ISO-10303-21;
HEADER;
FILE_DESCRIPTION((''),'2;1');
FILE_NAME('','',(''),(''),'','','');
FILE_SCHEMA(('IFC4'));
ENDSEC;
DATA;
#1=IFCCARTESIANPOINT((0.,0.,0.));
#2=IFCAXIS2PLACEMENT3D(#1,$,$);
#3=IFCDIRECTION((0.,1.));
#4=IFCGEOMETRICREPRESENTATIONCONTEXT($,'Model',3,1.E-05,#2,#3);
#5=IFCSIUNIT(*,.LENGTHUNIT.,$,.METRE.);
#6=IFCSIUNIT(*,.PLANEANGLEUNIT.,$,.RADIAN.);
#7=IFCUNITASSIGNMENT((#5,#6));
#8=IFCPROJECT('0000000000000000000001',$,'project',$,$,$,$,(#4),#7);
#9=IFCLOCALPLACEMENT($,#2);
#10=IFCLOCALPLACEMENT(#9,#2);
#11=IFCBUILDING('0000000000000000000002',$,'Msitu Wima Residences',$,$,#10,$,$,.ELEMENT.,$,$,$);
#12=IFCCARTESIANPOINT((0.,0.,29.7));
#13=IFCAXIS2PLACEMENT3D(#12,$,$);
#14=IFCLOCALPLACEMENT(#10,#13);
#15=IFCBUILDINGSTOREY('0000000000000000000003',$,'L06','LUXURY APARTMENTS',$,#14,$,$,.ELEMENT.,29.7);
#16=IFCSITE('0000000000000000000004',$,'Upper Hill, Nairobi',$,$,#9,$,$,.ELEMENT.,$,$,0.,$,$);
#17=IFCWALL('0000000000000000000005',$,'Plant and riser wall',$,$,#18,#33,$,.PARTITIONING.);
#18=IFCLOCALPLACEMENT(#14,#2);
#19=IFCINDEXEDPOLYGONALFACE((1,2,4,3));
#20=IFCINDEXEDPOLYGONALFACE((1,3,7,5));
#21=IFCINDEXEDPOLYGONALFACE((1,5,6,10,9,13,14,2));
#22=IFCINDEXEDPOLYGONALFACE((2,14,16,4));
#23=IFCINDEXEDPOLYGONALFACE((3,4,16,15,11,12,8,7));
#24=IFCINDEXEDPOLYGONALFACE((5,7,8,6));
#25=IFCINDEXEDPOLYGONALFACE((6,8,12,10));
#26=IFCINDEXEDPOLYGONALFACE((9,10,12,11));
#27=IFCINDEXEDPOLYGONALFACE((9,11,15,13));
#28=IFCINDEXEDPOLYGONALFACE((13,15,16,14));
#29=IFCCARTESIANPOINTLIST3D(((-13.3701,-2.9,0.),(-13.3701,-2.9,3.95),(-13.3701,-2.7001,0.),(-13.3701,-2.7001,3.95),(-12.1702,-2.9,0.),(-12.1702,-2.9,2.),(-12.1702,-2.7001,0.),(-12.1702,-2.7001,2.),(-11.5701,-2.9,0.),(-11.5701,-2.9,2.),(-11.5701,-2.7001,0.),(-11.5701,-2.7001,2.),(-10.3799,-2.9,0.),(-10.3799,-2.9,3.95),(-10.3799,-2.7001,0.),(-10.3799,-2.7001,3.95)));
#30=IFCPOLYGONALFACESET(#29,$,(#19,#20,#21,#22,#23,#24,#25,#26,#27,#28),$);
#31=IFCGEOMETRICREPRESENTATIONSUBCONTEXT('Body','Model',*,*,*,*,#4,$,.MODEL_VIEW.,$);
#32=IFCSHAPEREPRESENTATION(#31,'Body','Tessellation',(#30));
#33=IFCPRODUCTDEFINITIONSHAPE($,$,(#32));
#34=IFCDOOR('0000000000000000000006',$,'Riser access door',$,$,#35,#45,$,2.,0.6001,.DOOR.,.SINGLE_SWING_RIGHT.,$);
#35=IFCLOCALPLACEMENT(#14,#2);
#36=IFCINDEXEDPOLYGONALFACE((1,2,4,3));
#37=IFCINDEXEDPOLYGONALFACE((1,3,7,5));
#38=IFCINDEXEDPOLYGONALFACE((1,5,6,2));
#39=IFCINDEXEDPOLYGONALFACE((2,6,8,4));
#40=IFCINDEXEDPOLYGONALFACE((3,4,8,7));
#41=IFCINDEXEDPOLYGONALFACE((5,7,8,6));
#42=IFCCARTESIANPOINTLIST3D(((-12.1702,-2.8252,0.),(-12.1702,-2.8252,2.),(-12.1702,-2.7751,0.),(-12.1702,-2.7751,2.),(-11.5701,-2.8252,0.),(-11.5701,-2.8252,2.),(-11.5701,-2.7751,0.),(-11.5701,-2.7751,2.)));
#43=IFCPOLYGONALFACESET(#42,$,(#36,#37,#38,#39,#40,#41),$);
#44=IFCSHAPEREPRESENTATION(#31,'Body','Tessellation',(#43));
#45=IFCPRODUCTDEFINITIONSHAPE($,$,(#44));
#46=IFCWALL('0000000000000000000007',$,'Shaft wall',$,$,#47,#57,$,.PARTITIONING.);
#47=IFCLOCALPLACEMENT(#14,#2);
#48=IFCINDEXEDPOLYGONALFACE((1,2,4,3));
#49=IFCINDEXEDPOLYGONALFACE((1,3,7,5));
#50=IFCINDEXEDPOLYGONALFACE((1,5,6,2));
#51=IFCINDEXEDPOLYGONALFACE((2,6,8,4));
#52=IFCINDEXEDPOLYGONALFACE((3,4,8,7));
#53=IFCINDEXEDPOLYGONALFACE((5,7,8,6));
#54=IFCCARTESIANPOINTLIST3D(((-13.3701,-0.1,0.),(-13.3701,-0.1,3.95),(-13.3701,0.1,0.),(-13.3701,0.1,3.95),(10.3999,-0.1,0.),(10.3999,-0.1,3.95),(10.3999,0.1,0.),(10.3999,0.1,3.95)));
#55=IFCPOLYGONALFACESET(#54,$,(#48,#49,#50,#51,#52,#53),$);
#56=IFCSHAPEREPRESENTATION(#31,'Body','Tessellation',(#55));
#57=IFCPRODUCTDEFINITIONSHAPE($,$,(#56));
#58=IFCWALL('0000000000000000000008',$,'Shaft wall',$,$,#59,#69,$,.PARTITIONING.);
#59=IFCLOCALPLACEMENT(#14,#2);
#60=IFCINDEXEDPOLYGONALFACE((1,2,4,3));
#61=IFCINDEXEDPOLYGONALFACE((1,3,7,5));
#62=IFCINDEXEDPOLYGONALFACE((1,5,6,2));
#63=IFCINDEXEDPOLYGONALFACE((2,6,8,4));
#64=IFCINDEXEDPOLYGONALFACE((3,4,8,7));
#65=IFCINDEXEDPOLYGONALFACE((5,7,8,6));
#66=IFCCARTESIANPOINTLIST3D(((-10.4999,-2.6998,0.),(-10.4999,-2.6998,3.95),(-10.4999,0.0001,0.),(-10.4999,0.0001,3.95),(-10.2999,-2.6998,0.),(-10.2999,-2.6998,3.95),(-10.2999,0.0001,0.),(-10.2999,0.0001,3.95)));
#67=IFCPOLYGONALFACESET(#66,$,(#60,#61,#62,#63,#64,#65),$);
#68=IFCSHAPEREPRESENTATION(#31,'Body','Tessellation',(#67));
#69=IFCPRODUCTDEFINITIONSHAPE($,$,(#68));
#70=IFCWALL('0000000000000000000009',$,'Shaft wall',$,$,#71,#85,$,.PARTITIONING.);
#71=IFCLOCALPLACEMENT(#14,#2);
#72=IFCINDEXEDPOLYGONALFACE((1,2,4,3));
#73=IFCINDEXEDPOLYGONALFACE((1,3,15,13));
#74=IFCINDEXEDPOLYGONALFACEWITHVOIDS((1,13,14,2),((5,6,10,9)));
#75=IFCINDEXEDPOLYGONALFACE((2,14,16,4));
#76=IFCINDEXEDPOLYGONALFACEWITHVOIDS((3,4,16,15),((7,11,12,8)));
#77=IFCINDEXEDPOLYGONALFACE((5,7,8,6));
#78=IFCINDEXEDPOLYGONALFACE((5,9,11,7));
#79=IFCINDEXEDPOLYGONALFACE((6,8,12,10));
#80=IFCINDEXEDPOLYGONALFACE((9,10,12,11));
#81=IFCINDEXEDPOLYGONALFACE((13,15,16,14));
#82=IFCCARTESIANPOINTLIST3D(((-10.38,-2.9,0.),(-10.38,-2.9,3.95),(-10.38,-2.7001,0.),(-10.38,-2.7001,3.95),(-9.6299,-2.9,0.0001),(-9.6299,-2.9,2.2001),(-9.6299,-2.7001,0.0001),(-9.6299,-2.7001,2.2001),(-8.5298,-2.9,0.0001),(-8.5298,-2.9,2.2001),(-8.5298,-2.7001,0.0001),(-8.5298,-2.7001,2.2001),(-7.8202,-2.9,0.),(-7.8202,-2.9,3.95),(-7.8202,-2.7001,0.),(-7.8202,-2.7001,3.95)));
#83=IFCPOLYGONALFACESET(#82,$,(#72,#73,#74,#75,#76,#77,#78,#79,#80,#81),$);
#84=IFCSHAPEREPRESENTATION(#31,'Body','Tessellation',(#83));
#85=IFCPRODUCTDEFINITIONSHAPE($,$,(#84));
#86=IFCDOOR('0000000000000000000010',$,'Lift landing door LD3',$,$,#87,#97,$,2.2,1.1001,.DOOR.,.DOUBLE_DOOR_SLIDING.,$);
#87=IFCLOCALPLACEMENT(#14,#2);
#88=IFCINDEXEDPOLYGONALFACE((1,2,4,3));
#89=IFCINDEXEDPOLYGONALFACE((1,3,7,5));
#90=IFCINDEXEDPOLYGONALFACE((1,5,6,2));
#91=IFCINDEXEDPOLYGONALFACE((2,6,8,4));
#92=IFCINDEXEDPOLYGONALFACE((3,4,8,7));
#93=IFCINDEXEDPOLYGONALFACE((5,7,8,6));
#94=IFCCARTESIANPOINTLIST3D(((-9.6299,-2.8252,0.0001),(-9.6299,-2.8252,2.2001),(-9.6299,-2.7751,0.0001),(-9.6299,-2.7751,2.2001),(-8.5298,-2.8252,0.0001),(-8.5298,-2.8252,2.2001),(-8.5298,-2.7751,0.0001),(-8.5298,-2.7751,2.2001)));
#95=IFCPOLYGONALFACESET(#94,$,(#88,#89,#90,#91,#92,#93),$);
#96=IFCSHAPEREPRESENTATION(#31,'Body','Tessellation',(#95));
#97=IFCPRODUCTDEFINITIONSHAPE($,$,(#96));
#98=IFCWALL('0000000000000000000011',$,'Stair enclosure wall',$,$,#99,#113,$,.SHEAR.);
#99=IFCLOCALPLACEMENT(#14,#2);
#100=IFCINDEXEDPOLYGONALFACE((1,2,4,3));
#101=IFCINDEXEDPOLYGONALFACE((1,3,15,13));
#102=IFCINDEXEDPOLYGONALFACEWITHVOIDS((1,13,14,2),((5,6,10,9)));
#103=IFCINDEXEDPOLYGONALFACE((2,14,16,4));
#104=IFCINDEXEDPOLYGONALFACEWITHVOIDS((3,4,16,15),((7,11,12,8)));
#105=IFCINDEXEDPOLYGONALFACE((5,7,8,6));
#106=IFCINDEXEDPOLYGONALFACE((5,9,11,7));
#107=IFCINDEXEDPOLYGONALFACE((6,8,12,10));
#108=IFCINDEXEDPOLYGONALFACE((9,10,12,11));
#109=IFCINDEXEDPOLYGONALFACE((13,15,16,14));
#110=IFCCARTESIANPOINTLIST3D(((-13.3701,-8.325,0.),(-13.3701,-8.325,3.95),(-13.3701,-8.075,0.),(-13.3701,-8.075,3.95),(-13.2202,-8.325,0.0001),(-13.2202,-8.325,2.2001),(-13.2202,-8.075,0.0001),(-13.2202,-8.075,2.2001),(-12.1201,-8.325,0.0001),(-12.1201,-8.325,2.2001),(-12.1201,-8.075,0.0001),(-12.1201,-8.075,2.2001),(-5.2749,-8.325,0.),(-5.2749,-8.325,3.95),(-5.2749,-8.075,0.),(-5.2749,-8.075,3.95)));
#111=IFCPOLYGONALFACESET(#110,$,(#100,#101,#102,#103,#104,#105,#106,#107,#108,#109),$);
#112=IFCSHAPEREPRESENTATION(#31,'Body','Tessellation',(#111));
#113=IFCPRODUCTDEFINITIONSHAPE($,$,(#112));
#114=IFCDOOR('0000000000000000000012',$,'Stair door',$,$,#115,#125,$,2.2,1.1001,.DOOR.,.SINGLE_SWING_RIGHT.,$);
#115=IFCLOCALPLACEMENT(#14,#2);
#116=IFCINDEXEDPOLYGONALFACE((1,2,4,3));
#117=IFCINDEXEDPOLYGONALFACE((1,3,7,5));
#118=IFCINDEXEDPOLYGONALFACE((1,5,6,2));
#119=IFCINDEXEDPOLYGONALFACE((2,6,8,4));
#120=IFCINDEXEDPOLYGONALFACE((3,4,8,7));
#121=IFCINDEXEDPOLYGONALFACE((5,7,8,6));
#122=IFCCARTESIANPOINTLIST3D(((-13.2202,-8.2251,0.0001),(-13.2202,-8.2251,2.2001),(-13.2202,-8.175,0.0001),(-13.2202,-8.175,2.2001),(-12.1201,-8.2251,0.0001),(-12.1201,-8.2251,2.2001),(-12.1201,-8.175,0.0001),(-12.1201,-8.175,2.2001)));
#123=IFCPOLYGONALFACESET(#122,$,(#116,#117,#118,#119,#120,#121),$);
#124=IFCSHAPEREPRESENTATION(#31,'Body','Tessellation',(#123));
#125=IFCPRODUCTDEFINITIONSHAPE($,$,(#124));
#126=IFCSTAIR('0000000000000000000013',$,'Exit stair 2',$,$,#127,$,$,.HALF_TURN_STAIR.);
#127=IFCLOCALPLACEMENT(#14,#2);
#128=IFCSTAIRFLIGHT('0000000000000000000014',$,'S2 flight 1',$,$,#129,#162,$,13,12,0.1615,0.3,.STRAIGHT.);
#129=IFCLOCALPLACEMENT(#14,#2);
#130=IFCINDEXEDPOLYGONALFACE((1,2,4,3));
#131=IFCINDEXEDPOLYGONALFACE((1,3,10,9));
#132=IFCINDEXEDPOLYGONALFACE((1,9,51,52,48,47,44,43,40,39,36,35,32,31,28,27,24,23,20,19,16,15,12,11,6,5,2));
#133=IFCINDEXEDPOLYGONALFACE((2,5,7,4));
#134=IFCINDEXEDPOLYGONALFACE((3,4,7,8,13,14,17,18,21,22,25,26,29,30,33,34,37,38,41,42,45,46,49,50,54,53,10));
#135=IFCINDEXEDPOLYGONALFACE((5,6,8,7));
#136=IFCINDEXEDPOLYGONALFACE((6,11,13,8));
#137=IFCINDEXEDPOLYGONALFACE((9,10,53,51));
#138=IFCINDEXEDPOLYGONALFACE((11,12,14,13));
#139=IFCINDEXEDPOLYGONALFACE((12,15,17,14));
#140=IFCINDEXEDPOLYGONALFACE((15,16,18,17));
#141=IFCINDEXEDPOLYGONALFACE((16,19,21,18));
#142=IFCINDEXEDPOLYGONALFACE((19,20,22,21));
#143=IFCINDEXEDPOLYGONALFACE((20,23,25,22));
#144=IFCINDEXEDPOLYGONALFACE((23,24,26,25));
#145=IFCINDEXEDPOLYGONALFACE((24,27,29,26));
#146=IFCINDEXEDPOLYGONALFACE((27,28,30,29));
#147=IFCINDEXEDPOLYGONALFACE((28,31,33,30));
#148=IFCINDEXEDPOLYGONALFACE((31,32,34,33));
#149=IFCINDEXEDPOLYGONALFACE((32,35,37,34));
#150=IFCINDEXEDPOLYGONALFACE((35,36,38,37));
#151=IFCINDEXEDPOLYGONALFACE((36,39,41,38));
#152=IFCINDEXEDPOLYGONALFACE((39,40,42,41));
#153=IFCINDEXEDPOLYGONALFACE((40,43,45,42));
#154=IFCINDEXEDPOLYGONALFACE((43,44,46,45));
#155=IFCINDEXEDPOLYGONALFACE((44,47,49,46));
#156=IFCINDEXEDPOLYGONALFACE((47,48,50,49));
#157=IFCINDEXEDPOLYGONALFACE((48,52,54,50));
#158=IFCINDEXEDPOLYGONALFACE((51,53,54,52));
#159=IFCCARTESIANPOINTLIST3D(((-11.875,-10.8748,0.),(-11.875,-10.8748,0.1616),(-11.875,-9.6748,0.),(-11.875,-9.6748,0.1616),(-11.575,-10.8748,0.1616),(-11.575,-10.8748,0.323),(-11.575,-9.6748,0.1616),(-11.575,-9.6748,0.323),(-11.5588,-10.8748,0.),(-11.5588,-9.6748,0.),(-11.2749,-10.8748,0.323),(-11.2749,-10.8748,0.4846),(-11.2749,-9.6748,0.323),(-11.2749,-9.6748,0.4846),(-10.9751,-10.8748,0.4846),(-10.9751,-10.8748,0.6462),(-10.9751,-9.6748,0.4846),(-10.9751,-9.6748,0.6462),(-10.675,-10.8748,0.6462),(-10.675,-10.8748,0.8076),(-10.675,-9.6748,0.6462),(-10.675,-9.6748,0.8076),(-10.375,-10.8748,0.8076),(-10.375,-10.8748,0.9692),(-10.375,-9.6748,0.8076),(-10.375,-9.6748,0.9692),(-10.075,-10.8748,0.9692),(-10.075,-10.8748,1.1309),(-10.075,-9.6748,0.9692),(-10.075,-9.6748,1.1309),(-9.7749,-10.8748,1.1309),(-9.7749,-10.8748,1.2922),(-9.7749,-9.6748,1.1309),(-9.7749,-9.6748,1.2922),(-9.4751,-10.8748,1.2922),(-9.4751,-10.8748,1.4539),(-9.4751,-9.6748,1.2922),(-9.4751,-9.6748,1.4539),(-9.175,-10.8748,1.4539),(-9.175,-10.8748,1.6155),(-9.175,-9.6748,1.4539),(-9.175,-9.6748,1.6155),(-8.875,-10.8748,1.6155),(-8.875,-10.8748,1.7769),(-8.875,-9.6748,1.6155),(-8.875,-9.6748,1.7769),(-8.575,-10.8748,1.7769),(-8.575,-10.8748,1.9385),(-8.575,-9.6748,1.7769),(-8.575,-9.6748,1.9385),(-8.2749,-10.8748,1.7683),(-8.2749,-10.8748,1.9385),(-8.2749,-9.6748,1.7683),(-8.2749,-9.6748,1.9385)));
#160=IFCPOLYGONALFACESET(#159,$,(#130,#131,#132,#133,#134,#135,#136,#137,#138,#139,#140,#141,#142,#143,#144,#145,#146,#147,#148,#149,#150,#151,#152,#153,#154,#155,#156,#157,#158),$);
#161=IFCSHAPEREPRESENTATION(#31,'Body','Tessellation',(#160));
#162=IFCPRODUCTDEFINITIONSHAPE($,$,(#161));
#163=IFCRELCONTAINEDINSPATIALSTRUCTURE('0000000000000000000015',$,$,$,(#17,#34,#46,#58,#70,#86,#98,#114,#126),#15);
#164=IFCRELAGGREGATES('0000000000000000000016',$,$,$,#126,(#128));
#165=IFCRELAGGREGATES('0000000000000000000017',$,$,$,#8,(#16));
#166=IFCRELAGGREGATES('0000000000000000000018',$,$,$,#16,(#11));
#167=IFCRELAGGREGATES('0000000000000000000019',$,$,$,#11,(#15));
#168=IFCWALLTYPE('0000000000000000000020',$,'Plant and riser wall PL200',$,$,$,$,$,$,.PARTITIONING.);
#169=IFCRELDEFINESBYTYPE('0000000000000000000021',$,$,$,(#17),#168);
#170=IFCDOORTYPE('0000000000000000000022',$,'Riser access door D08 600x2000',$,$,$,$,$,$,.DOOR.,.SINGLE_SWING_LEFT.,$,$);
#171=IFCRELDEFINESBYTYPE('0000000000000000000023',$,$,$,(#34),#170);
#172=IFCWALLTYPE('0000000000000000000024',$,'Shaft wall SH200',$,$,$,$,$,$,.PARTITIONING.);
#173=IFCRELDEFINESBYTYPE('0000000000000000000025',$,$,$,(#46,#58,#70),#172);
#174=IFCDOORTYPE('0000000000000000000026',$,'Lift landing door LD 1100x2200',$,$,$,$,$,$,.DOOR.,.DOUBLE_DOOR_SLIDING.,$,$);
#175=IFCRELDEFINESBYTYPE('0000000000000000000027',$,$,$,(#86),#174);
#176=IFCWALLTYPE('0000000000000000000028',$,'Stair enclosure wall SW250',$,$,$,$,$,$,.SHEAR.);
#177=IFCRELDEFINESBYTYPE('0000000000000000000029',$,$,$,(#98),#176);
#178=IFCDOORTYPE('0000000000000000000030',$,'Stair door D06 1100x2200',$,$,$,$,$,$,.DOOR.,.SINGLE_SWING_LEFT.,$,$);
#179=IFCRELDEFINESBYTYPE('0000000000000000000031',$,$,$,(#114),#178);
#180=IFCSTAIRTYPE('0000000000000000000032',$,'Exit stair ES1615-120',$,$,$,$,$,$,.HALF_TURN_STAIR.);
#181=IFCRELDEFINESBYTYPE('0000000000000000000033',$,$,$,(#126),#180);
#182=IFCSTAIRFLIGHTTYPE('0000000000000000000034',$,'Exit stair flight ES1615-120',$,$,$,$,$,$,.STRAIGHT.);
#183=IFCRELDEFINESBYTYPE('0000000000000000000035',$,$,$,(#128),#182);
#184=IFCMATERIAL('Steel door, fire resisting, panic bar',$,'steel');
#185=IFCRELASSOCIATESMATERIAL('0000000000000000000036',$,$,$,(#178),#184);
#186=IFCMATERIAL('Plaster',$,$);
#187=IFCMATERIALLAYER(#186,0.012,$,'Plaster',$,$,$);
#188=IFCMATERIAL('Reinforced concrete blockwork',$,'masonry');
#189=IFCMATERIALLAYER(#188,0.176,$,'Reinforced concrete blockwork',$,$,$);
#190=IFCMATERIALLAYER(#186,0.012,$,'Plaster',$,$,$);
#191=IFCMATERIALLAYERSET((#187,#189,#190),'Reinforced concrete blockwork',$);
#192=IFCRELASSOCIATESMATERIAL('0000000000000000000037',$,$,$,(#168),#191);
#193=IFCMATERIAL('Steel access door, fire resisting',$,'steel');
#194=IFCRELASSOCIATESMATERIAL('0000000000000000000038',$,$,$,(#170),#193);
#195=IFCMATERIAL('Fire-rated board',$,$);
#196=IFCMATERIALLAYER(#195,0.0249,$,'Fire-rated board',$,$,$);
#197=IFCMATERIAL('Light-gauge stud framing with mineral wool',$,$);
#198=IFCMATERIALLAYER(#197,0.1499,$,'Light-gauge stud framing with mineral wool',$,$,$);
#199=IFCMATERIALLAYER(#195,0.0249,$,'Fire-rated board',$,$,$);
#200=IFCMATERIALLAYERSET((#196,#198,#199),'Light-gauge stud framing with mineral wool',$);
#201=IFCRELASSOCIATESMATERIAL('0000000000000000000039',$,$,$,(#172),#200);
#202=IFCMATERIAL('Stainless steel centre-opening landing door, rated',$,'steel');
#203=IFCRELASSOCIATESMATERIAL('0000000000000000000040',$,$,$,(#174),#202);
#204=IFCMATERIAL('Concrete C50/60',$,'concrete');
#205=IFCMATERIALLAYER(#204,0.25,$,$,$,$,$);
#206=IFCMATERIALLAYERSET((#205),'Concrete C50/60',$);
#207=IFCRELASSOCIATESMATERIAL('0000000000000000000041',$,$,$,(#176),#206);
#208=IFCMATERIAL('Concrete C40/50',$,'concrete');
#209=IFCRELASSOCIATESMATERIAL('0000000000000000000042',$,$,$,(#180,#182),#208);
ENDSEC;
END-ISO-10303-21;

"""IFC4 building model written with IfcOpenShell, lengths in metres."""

from ifc_helpers import new_model, si_unit, direction, frame, frame_2d, origin, place, context, subcontext, project, spatial, polyline, rectangle, outline, extrude, material, layer, layer_set, type_object, element, fill, aggregate, save


model = new_model("IFC4")

# Units and contexts
model_context = context("Model", 3, precision=1e-05, world=origin(), true_north=direction((0.0, 1.0)))
body_context = subcontext(model_context, "Body", "Model", "MODEL_VIEW")
ifc_project = project(units=[si_unit("LENGTHUNIT", "METRE"), si_unit("PLANEANGLEUNIT", "RADIAN")], contexts=[model_context])

# Site, building, storey
site_placement = place(None, origin())
site = spatial("IfcSite", under=ifc_project, at=site_placement, Name="Upper Hill, Nairobi", CompositionType="ELEMENT", RefElevation=0.0)
building_placement = place(site_placement, origin())
building = spatial("IfcBuilding", under=site, at=building_placement, Name="Msitu Wima Residences", CompositionType="ELEMENT")
storey_placement = place(building_placement, frame((0.0, 0.0, 29.7)))
storey = spatial("IfcBuildingStorey", under=building, at=storey_placement, Name="L06", Description="LUXURY APARTMENTS", CompositionType="ELEMENT", Elevation=29.7)

# Shared definitions
ifc_material_1 = material(Name="Steel door, fire resisting, panic bar", Category="steel")
door_type_1 = type_object("IfcDoorType", Name="Stair door D06 1100x2200", OperationType="SINGLE_SWING_LEFT", PredefinedType="DOOR", material=ifc_material_1)

# Wall, opening, door
ifc_material_2 = material(Name="Plaster")
ifc_layer_1 = layer(ifc_material_2, 0.012, Name="Plaster")
ifc_material_3 = material(Name="Reinforced concrete blockwork", Category="masonry")
ifc_layer_2 = layer(ifc_material_3, 0.176, Name="Reinforced concrete blockwork")
ifc_layer_3 = layer(ifc_material_2, 0.012, Name="Plaster")
ifc_layer_set_1 = layer_set([ifc_layer_1, ifc_layer_2, ifc_layer_3], Name="Reinforced concrete blockwork")
wall_type_1 = type_object("IfcWallType", Name="Plant and riser wall PL200", PredefinedType="PARTITIONING", material=ifc_layer_set_1)
wall_1_placement = place(storey_placement, frame((-13.3701, -2.8, 0.0), z_axis=(0.0, 0.0, 1.0), x_axis=(1.0, 0.0, 0.0)))
wall_1 = element("IfcWall", 1, at=wall_1_placement, inside=storey, type_object=wall_type_1, Name="Plant and riser wall", PredefinedType="PARTITIONING", context=body_context, shape_type="SweptSolid", body=[
    extrude(rectangle(XDim=2.9902, YDim=0.2, at=frame_2d((1.4951, 0.0))), origin(), (0.0, 0.0, 1.0), 3.95),
])
opening_1_placement = place(wall_1_placement, frame((1.2, 0.0, 0.0)))
opening_1 = element("IfcOpeningElement", 2, at=opening_1_placement, cuts=wall_1, PredefinedType="OPENING", context=body_context, shape_type="SweptSolid", body=[
    extrude(rectangle(XDim=0.6001, YDim=2.0, at=frame_2d((0.3, 1.0))), frame((0.0, 0.1099, 0.0), z_axis=(0.0, -1.0, 0.0), x_axis=(1.0, 0.0, 0.0)), (0.0, 0.0, 1.0), 0.22),
])
ifc_material_4 = material(Name="Steel access door, fire resisting", Category="steel")
door_type_2 = type_object("IfcDoorType", Name="Riser access door D08 600x2000", OperationType="SINGLE_SWING_LEFT", PredefinedType="DOOR", material=ifc_material_4)
door_1_placement = place(opening_1_placement, origin())
door_1 = element("IfcDoor", 3, at=door_1_placement, inside=storey, type_object=door_type_2, Name="Riser access door", OperationType="SINGLE_SWING_RIGHT", OverallHeight=2.0, OverallWidth=0.6001, PredefinedType="DOOR", context=body_context, shape_type="SweptSolid", body=[
    extrude(rectangle(XDim=0.6001, YDim=2.0, at=frame_2d((0.3, 1.0))), frame((0.0, 0.0249, 0.0), z_axis=(0.0, -1.0, 0.0), x_axis=(1.0, 0.0, 0.0)), (0.0, 0.0, 1.0), 0.05),
])
fill(opening_1, door_1)

# Walls
ifc_material_5 = material(Name="Fire-rated board")
ifc_layer_4 = layer(ifc_material_5, 0.0249, Name="Fire-rated board")
ifc_material_6 = material(Name="Light-gauge stud framing with mineral wool")
ifc_layer_5 = layer(ifc_material_6, 0.1499, Name="Light-gauge stud framing with mineral wool")
ifc_layer_6 = layer(ifc_material_5, 0.0249, Name="Fire-rated board")
ifc_layer_set_2 = layer_set([ifc_layer_4, ifc_layer_5, ifc_layer_6], Name="Light-gauge stud framing with mineral wool")
wall_type_2 = type_object("IfcWallType", Name="Shaft wall SH200", PredefinedType="PARTITIONING", material=ifc_layer_set_2)
wall_2_placement = place(storey_placement, frame((-13.3701, 0.0, 0.0), z_axis=(0.0, 0.0, 1.0), x_axis=(1.0, 0.0, 0.0)))
element("IfcWall", 4, at=wall_2_placement, inside=storey, type_object=wall_type_2, Name="Shaft wall", PredefinedType="PARTITIONING", context=body_context, shape_type="SweptSolid", body=[
    extrude(rectangle(XDim=23.77, YDim=0.2, at=frame_2d((11.885, 0.0))), origin(), (0.0, 0.0, 1.0), 3.95),
])
wall_3_placement = place(storey_placement, frame((-10.3999, -2.7, 0.0), z_axis=(0.0, 0.0, 1.0), x_axis=(0.0, 1.0, 0.0)))
element("IfcWall", 5, at=wall_3_placement, inside=storey, type_object=wall_type_2, Name="Shaft wall", PredefinedType="PARTITIONING", context=body_context, shape_type="SweptSolid", body=[
    extrude(rectangle(XDim=2.7, YDim=0.2, at=frame_2d((1.3501, 0.0))), origin(), (0.0, 0.0, 1.0), 3.95),
])

# Walls, openings, doors
wall_4_placement = place(storey_placement, frame((-10.3799, -2.8, 0.0), z_axis=(0.0, 0.0, 1.0), x_axis=(1.0, 0.0, 0.0)))
wall_4 = element("IfcWall", 6, at=wall_4_placement, inside=storey, type_object=wall_type_2, Name="Shaft wall", PredefinedType="PARTITIONING", context=body_context, shape_type="SweptSolid", body=[
    extrude(rectangle(XDim=2.5598, YDim=0.2, at=frame_2d((1.2798, 0.0))), origin(), (0.0, 0.0, 1.0), 3.95),
])
opening_2_placement = place(wall_4_placement, frame((0.75, 0.0, 0.0)))
opening_2 = element("IfcOpeningElement", 7, at=opening_2_placement, cuts=wall_4, PredefinedType="OPENING", context=body_context, shape_type="SweptSolid", body=[
    extrude(rectangle(XDim=1.1001, YDim=2.2, at=frame_2d((0.55, 1.1001))), frame((0.0, 0.1099, 0.0), z_axis=(0.0, -1.0, 0.0), x_axis=(1.0, 0.0, 0.0)), (0.0, 0.0, 1.0), 0.22),
])
ifc_material_7 = material(Name="Stainless steel centre-opening landing door, rated", Category="steel")
door_type_3 = type_object("IfcDoorType", Name="Lift landing door LD 1100x2200", OperationType="DOUBLE_DOOR_SLIDING", PredefinedType="DOOR", material=ifc_material_7)
door_2_placement = place(opening_2_placement, origin())
door_2 = element("IfcDoor", 8, at=door_2_placement, inside=storey, type_object=door_type_3, Name="Lift landing door LD3", OperationType="DOUBLE_DOOR_SLIDING", OverallHeight=2.2, OverallWidth=1.1001, PredefinedType="DOOR", context=body_context, shape_type="SweptSolid", body=[
    extrude(rectangle(XDim=1.1001, YDim=2.2, at=frame_2d((0.55, 1.1001))), frame((0.0, 0.0249, 0.0), z_axis=(0.0, -1.0, 0.0), x_axis=(1.0, 0.0, 0.0)), (0.0, 0.0, 1.0), 0.05),
])
fill(opening_2, door_2)
ifc_material_8 = material(Name="Concrete C50/60", Category="concrete")
ifc_layer_7 = layer(ifc_material_8, 0.25)
ifc_layer_set_3 = layer_set([ifc_layer_7], Name="Concrete C50/60")
wall_type_3 = type_object("IfcWallType", Name="Stair enclosure wall SW250", PredefinedType="SHEAR", material=ifc_layer_set_3)
wall_5_placement = place(storey_placement, frame((-13.3701, -8.2, 0.0), z_axis=(0.0, 0.0, 1.0), x_axis=(1.0, 0.0, 0.0)))
wall_5 = element("IfcWall", 9, at=wall_5_placement, inside=storey, type_object=wall_type_3, Name="Stair enclosure wall", PredefinedType="SHEAR", context=body_context, shape_type="SweptSolid", body=[
    extrude(rectangle(XDim=8.0952, YDim=0.25, at=frame_2d((4.0476, 0.0))), origin(), (0.0, 0.0, 1.0), 3.95),
])
opening_3_placement = place(wall_5_placement, frame((0.1499, 0.0, 0.0)))
opening_3 = element("IfcOpeningElement", 10, at=opening_3_placement, cuts=wall_5, PredefinedType="OPENING", context=body_context, shape_type="SweptSolid", body=[
    extrude(rectangle(XDim=1.1001, YDim=2.2, at=frame_2d((0.55, 1.1001))), frame((0.0, 0.135, 0.0), z_axis=(0.0, -1.0, 0.0), x_axis=(1.0, 0.0, 0.0)), (0.0, 0.0, 1.0), 0.27),
])
door_3_placement = place(opening_3_placement, origin())
door_3 = element("IfcDoor", 11, at=door_3_placement, inside=storey, type_object=door_type_1, Name="Stair door", OperationType="SINGLE_SWING_RIGHT", OverallHeight=2.2, OverallWidth=1.1001, PredefinedType="DOOR", context=body_context, shape_type="SweptSolid", body=[
    extrude(rectangle(XDim=1.1001, YDim=2.2, at=frame_2d((0.55, 1.1001))), frame((0.0, 0.0249, 0.0), z_axis=(0.0, -1.0, 0.0), x_axis=(1.0, 0.0, 0.0)), (0.0, 0.0, 1.0), 0.05),
])
fill(opening_3, door_3)

# Stair, stair flight
ifc_material_9 = material(Name="Concrete C40/50", Category="concrete")
stair_type = type_object("IfcStairType", Name="Exit stair ES1615-120", PredefinedType="HALF_TURN_STAIR", material=ifc_material_9)
stair_placement = place(storey_placement, origin())
stair = element("IfcStair", 12, at=stair_placement, inside=storey, type_object=stair_type, Name="Exit stair 2", PredefinedType="HALF_TURN_STAIR")
stair_flight_type = type_object("IfcStairFlightType", Name="Exit stair flight ES1615-120", PredefinedType="STRAIGHT", material=ifc_material_9)
stair_flight_1_placement = place(storey_placement, frame((-11.875, -10.2749, 0.0), z_axis=(0.0, 0.0, 1.0), x_axis=(1.0, 0.0, 0.0)))
stair_flight_1 = element("IfcStairFlight", 13, at=stair_flight_1_placement, type_object=stair_flight_type, Name="S2 flight 1", NumberOfRisers=13, NumberOfTreads=12, PredefinedType="STRAIGHT", RiserHeight=0.1615, TreadLength=0.3, context=body_context, shape_type="SweptSolid", body=[
    extrude(outline(polyline([(0.0, 0.0), (0.0, 0.1616), (0.3, 0.1616), (0.3, 0.323), (0.6001, 0.323), (0.6001, 0.4846), (0.8999, 0.4846), (0.8999, 0.6462), (1.2, 0.6462), (1.2, 0.8076), (1.5, 0.8076), (1.5, 0.9692), (1.8, 0.9692), (1.8, 1.1309), (2.1001, 1.1309), (2.1001, 1.2922), (2.3999, 1.2922), (2.3999, 1.4539), (2.7, 1.4539), (2.7, 1.6155), (3.0, 1.6155), (3.0, 1.7769), (3.3, 1.7769), (3.3, 1.9385), (3.6001, 1.9385), (3.6001, 2.1001), (3.6001, 1.7683), (0.3162, 0.0), (0.0, 0.0)])), frame((0.0, 0.6001, 0.0), z_axis=(0.0, -1.0, 0.0), x_axis=(1.0, 0.0, 0.0)), (0.0, 0.0, 1.0), 1.2),
])
aggregate(stair, [stair_flight_1])

save(model, "model.ifc")
